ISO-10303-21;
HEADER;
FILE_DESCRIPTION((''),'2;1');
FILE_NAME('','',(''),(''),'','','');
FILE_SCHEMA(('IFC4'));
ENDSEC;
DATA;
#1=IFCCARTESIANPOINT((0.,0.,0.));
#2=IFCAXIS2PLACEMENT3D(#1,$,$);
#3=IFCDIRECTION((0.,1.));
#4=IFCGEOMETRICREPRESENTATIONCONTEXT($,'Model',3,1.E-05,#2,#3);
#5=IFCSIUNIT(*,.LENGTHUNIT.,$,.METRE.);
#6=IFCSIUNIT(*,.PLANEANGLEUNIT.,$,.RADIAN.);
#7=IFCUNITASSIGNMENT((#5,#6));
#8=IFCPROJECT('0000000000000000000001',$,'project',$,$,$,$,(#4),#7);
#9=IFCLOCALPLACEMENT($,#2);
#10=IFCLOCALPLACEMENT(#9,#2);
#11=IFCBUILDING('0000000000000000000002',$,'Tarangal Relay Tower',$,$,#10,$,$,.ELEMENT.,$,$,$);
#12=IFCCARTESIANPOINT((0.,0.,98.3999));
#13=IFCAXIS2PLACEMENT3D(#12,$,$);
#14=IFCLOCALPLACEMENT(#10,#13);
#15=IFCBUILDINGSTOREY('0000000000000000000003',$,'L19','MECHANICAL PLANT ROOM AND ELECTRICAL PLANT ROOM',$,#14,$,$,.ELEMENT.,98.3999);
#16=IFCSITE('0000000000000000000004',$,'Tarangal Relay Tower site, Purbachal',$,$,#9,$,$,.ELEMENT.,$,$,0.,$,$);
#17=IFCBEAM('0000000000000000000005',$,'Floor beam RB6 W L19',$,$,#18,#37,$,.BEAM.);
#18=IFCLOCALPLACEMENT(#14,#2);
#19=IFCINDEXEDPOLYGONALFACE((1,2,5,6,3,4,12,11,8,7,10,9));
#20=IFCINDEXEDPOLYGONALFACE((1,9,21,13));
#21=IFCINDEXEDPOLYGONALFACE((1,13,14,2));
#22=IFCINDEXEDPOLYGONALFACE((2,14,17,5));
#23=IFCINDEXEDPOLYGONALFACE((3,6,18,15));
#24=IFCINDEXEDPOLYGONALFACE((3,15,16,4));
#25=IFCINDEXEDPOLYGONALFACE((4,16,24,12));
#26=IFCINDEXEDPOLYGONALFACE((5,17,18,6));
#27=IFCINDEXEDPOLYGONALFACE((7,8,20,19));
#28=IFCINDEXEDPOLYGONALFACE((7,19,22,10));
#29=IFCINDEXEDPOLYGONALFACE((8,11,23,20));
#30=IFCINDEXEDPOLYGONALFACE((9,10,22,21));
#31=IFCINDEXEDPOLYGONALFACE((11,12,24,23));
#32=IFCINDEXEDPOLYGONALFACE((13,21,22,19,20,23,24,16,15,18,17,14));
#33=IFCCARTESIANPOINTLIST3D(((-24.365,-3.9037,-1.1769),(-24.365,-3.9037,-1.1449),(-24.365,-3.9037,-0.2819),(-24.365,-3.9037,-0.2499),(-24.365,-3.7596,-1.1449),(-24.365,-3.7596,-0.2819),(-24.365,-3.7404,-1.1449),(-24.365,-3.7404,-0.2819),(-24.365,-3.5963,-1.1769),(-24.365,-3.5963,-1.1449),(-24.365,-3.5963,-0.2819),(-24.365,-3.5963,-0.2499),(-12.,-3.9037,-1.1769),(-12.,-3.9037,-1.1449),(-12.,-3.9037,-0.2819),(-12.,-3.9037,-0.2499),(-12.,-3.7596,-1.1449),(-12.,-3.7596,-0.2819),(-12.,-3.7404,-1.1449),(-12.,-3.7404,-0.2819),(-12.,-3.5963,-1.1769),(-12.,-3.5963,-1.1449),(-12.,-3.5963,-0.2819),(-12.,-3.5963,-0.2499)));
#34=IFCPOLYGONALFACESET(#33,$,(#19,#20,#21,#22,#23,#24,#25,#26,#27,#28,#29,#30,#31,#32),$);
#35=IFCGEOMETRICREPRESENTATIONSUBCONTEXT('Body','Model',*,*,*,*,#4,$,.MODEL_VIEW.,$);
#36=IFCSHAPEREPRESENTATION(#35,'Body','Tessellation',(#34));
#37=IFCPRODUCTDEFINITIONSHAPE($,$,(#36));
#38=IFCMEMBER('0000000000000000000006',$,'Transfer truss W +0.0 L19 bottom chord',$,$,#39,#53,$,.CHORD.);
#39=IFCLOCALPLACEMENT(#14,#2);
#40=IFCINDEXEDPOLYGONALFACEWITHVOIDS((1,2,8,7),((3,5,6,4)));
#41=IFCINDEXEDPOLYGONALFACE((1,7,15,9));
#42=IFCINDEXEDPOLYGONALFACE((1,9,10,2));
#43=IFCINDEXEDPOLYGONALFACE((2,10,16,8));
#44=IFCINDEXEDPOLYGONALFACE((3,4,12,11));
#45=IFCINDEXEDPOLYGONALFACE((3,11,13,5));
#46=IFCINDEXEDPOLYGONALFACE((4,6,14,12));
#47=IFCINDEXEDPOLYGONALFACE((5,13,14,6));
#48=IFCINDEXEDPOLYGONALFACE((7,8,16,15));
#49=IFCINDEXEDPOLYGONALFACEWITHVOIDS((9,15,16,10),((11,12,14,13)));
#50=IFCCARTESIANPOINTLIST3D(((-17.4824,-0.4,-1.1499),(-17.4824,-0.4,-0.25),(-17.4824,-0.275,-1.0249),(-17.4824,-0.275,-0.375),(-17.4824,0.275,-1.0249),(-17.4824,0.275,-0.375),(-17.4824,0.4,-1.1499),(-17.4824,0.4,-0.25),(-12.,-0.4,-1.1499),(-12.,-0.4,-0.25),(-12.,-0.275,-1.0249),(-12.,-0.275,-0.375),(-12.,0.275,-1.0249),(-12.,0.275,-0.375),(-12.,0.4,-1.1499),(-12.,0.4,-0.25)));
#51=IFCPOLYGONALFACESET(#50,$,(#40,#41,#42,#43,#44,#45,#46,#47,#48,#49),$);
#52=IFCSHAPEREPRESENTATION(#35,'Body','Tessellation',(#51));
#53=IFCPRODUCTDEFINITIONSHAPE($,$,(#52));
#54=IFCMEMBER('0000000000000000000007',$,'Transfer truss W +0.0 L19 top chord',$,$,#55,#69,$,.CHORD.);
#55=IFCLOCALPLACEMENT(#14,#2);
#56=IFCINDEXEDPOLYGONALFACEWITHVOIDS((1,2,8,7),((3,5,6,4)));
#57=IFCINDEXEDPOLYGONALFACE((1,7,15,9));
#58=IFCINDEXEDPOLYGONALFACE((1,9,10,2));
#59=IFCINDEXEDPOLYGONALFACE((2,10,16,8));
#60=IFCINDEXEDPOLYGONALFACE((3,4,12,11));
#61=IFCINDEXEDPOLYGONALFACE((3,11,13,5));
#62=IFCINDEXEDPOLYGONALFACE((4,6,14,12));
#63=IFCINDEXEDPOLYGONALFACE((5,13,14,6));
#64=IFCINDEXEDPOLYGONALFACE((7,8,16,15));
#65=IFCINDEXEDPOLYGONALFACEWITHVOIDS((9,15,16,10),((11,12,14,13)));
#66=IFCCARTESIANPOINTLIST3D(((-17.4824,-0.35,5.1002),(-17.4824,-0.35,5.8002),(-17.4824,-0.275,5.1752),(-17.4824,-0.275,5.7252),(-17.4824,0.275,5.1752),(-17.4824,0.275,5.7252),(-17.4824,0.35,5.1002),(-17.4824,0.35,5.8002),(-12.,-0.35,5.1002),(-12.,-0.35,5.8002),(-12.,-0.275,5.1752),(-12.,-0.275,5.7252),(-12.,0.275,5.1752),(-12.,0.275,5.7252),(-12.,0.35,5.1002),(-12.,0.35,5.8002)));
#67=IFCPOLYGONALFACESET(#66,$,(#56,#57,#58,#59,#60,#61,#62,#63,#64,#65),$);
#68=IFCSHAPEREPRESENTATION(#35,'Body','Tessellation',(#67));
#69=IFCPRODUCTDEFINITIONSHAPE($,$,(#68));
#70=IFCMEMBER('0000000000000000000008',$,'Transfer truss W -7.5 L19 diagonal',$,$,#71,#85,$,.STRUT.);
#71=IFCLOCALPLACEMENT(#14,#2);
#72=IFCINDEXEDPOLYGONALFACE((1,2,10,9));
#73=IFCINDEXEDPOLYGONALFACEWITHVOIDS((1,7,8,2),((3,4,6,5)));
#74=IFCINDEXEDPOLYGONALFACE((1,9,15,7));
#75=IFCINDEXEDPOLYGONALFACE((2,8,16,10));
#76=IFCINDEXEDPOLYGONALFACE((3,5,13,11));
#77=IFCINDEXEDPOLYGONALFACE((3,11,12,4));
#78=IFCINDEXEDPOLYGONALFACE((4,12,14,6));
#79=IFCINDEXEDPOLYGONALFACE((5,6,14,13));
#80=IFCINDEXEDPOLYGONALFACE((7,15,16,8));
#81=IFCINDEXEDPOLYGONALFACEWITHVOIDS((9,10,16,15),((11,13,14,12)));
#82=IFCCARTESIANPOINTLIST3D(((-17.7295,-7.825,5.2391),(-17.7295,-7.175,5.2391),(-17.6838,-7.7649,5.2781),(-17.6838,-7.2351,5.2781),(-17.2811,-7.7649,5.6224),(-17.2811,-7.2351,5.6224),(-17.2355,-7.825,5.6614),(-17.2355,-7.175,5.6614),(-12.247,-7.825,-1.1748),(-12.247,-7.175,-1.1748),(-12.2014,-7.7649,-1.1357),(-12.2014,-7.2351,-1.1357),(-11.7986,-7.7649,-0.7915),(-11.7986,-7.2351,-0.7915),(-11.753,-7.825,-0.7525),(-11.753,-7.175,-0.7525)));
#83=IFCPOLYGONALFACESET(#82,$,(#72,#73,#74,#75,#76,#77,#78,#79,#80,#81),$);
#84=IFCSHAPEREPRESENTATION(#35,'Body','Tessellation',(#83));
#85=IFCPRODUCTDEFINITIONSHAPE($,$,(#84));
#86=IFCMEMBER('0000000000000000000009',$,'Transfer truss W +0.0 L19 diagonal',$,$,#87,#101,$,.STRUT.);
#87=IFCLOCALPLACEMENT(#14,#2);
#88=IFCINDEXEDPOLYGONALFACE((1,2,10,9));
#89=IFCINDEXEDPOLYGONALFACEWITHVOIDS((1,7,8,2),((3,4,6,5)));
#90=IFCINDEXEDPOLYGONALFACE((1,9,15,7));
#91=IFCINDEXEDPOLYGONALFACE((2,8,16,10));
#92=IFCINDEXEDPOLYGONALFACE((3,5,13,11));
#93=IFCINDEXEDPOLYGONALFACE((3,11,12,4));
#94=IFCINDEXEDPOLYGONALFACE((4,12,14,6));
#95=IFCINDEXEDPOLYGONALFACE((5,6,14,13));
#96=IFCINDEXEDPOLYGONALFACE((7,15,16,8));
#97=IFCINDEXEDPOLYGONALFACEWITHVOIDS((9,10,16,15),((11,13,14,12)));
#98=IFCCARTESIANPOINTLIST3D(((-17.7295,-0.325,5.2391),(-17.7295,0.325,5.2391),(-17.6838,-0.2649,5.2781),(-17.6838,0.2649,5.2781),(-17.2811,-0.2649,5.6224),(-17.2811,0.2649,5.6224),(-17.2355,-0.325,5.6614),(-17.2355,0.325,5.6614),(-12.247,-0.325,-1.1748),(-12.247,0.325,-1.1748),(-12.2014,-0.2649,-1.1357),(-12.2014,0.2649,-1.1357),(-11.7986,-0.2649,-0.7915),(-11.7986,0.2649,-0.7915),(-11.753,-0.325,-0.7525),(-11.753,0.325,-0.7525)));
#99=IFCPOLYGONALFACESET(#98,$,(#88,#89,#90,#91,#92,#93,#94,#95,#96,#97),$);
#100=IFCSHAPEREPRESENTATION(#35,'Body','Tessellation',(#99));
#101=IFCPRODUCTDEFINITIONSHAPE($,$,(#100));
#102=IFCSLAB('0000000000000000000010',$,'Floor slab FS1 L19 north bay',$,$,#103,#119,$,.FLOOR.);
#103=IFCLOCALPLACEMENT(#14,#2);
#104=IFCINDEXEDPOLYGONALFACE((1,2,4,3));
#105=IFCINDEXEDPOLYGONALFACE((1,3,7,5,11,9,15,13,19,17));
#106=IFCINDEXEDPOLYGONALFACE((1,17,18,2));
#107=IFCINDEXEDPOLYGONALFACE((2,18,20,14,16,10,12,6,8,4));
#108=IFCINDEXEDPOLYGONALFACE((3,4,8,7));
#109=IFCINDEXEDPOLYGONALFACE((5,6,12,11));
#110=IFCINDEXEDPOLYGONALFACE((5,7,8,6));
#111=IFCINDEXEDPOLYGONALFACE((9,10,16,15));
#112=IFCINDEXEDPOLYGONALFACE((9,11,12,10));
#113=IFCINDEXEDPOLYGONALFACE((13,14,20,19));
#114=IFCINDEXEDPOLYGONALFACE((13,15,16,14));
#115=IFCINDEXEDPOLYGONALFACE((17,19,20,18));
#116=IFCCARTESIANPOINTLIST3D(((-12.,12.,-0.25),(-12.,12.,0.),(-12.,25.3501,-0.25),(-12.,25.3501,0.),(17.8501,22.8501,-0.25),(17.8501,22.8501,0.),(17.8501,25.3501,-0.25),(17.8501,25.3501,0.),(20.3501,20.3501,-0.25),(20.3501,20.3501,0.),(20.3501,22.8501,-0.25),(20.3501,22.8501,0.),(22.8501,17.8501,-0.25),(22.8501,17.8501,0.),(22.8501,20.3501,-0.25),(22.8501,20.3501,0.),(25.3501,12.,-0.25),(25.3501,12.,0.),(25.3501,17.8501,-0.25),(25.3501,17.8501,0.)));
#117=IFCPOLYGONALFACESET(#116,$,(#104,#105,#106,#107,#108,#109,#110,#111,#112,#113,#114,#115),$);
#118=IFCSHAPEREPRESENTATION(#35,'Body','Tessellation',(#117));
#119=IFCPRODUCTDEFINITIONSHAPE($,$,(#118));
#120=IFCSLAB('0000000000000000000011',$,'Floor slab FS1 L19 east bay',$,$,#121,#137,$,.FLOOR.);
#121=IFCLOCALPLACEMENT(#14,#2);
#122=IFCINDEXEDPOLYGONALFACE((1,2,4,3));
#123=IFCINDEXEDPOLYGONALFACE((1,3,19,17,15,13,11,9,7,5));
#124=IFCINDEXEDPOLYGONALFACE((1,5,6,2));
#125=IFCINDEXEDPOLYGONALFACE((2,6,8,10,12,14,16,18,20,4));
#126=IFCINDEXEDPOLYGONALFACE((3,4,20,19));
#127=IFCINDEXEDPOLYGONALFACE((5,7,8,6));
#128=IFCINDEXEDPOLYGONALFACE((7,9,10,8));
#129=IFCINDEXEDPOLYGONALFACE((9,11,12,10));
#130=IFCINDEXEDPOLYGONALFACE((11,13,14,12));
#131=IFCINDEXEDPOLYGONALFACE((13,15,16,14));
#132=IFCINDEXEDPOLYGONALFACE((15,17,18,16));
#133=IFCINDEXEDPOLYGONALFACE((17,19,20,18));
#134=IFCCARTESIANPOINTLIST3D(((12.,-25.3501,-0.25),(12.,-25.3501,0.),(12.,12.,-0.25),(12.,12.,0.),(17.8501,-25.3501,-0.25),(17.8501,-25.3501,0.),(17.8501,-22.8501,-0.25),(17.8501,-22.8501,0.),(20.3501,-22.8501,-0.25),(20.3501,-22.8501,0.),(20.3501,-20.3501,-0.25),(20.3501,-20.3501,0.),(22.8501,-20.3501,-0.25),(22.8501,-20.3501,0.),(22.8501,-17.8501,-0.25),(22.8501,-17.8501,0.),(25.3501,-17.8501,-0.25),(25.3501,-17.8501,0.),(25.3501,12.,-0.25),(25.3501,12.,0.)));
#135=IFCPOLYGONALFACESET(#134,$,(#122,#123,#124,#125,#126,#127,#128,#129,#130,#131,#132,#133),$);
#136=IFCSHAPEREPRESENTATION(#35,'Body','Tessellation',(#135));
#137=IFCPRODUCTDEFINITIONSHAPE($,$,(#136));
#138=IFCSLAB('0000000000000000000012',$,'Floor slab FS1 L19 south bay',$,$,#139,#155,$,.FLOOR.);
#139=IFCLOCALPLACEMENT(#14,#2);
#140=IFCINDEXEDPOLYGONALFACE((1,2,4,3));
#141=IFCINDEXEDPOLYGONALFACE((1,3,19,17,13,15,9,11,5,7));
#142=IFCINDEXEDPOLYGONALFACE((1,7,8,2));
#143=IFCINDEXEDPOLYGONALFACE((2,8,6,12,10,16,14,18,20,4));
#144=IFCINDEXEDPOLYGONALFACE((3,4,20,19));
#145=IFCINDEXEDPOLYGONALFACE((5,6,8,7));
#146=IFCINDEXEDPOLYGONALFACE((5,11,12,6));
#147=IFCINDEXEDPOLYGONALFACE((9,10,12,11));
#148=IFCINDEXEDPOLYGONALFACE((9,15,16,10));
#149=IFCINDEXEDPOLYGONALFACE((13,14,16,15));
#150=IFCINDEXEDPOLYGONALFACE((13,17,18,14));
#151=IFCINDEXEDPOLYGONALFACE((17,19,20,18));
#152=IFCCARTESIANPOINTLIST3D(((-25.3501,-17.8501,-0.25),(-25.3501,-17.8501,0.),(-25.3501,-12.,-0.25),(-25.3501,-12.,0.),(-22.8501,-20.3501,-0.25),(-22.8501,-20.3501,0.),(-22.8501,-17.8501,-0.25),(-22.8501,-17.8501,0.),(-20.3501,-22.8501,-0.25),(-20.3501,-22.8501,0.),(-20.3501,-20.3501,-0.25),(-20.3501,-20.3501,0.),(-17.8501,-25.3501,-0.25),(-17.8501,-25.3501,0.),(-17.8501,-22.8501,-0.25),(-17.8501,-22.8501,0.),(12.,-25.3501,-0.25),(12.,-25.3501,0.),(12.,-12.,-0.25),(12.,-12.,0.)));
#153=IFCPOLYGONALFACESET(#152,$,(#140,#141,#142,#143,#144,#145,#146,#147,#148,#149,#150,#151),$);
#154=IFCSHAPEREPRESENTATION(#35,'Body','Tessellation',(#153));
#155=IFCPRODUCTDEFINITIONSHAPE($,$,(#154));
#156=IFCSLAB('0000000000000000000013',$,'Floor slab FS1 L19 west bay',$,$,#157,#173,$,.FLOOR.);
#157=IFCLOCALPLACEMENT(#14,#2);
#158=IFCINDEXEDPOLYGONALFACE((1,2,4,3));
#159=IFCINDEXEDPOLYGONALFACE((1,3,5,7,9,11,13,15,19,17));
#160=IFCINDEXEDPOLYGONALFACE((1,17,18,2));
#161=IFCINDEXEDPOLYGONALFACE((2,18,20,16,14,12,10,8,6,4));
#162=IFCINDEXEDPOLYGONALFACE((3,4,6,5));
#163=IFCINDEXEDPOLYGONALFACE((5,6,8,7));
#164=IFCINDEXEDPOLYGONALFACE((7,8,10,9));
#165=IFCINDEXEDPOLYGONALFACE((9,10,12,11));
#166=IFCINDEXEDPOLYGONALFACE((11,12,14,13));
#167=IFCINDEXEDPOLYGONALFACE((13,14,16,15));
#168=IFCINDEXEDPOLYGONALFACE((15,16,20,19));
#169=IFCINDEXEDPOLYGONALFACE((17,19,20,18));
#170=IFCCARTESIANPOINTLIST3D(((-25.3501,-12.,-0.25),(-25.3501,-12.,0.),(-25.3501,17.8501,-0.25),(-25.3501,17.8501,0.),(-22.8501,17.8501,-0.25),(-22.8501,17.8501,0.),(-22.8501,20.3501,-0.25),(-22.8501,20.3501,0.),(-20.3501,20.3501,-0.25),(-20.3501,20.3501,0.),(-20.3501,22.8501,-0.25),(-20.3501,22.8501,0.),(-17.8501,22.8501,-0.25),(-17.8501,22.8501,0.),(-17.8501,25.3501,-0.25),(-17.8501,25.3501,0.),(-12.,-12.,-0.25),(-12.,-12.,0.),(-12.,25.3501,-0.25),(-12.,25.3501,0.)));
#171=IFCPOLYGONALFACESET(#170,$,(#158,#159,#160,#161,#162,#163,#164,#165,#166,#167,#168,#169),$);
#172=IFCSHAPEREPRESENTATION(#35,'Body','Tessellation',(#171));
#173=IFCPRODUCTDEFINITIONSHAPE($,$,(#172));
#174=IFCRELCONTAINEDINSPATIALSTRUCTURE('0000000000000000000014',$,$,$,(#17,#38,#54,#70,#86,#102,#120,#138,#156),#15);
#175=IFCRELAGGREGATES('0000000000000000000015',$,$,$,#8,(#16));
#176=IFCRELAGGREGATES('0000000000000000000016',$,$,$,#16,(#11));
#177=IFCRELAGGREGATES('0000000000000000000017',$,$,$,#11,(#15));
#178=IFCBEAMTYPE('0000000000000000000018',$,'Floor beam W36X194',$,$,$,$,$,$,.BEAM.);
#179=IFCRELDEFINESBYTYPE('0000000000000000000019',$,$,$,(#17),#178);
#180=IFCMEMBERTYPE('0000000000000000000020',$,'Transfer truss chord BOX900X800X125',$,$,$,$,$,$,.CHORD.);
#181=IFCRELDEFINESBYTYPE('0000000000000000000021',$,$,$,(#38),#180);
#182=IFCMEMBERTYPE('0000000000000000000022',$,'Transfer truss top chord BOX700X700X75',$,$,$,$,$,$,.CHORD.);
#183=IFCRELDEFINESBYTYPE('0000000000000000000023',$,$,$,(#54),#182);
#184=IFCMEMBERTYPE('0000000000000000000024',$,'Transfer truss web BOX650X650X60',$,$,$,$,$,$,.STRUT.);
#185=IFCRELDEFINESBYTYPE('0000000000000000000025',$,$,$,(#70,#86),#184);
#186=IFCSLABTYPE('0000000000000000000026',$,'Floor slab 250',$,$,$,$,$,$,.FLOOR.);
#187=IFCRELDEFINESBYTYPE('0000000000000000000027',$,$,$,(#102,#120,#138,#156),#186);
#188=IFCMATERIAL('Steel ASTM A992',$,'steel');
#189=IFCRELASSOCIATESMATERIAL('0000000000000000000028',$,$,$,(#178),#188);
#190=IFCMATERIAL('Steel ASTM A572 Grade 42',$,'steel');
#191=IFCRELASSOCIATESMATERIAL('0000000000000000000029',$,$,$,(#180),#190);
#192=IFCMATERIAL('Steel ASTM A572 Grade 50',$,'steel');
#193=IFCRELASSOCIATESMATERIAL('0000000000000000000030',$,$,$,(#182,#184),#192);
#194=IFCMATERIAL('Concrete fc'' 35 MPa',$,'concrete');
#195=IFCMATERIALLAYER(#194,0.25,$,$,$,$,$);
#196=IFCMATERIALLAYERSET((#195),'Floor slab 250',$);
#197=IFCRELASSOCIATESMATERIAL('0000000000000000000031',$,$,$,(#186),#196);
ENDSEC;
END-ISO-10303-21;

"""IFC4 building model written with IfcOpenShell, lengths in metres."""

from ifc_helpers import new_model, si_unit, direction, frame, origin, origin_2d, place, context, subcontext, project, spatial, polyline, hollow_rectangle, i_section, outline, extrude, material, layer, layer_set, material_profile, profile_set, type_object, element, save


model = new_model("IFC4")

# Units and contexts
model_context = context("Model", 3, precision=1e-05, world=origin(), true_north=direction((0.0, 1.0)))
body_context = subcontext(model_context, "Body", "Model", "MODEL_VIEW")
ifc_project = project(units=[si_unit("LENGTHUNIT", "METRE"), si_unit("PLANEANGLEUNIT", "RADIAN")], contexts=[model_context])

# Site, building, storey
site_placement = place(None, origin())
site = spatial("IfcSite", under=ifc_project, at=site_placement, Name="Tarangal Relay Tower site, Purbachal", CompositionType="ELEMENT", RefElevation=0.0)
building_placement = place(site_placement, origin())
building = spatial("IfcBuilding", under=site, at=building_placement, Name="Tarangal Relay Tower", CompositionType="ELEMENT")
storey_placement = place(building_placement, frame((0.0, 0.0, 98.3999)))
storey = spatial("IfcBuildingStorey", under=building, at=storey_placement, Name="L19", Description="MECHANICAL PLANT ROOM AND ELECTRICAL PLANT ROOM", CompositionType="ELEMENT", Elevation=98.3999)

# Beam
ifc_material_1 = material(Name="Steel ASTM A992", Category="steel")
ifc_material_profile_1 = material_profile(ifc_material_1, i_section(OverallWidth=0.3074, OverallDepth=0.927, WebThickness=0.0193, FlangeThickness=0.032, at=origin_2d()), Name="W36X194")
ifc_profile_set_1 = profile_set([ifc_material_profile_1], Name="Steel ASTM A992")
beam_type = type_object("IfcBeamType", Name="Floor beam W36X194", PredefinedType="BEAM", material=ifc_profile_set_1)
beam_placement = place(storey_placement, frame((-12.0, -3.75, -0.7134), z_axis=(-1.0, 0.0, 0.0), x_axis=(0.0, -1.0, 0.0)))
element("IfcBeam", 1, at=beam_placement, inside=storey, type_object=beam_type, Name="Floor beam RB6 W L19", PredefinedType="BEAM", context=body_context, shape_type="SweptSolid", body=[
    extrude(i_section(OverallWidth=0.3074, OverallDepth=0.927, WebThickness=0.0193, FlangeThickness=0.032, at=origin_2d()), origin(), (0.0, 0.0, 1.0), 12.365),
])

# Members
ifc_material_2 = material(Name="Steel ASTM A572 Grade 42", Category="steel")
ifc_material_profile_2 = material_profile(ifc_material_2, hollow_rectangle(XDim=0.8, YDim=0.8999, WallThickness=0.125, at=origin_2d()), Name="BOX900X800X125")
ifc_profile_set_2 = profile_set([ifc_material_profile_2], Name="Steel ASTM A572 Grade 42")
member_type_1 = type_object("IfcMemberType", Name="Transfer truss chord BOX900X800X125", PredefinedType="CHORD", material=ifc_profile_set_2)
member_1_placement = place(storey_placement, frame((-12.0, 0.0, -0.7), z_axis=(-1.0, 0.0, 0.0), x_axis=(0.0, -1.0, 0.0)))
element("IfcMember", 2, at=member_1_placement, inside=storey, type_object=member_type_1, Name="Transfer truss W +0.0 L19 bottom chord", PredefinedType="CHORD", context=body_context, shape_type="SweptSolid", body=[
    extrude(hollow_rectangle(XDim=0.8, YDim=0.8999, WallThickness=0.125, at=origin_2d()), origin(), (0.0, 0.0, 1.0), 5.4824),
])
ifc_material_3 = material(Name="Steel ASTM A572 Grade 50", Category="steel")
ifc_material_profile_3 = material_profile(ifc_material_3, hollow_rectangle(XDim=0.7, YDim=0.7, WallThickness=0.075, at=origin_2d()), Name="BOX700X700X75")
ifc_profile_set_3 = profile_set([ifc_material_profile_3], Name="Steel ASTM A572 Grade 50")
member_type_2 = type_object("IfcMemberType", Name="Transfer truss top chord BOX700X700X75", PredefinedType="CHORD", material=ifc_profile_set_3)
member_2_placement = place(storey_placement, frame((-12.0, 0.0, 5.4502), z_axis=(-1.0, 0.0, 0.0), x_axis=(0.0, -1.0, 0.0)))
element("IfcMember", 3, at=member_2_placement, inside=storey, type_object=member_type_2, Name="Transfer truss W +0.0 L19 top chord", PredefinedType="CHORD", context=body_context, shape_type="SweptSolid", body=[
    extrude(hollow_rectangle(XDim=0.7, YDim=0.7, WallThickness=0.075, at=origin_2d()), origin(), (0.0, 0.0, 1.0), 5.4824),
])
ifc_material_profile_4 = material_profile(ifc_material_3, hollow_rectangle(XDim=0.6499, YDim=0.6499, WallThickness=0.0601, at=origin_2d()), Name="BOX650X650X60")
ifc_profile_set_4 = profile_set([ifc_material_profile_4], Name="Steel ASTM A572 Grade 50")
member_type_3 = type_object("IfcMemberType", Name="Transfer truss web BOX650X650X60", PredefinedType="STRUT", material=ifc_profile_set_4)
for number, where, z_axis, x_axis, name in (
    (4, (-12.0, -7.5, -0.9636), (-0.649757, 0.0, 0.760142), (0.0, -1.0, 0.0), "Transfer truss W -7.5 L19 diagonal"),
    (5, (-12.0, 0.0, -0.9636), (-0.649757, 0.0, 0.760142), (0.0, -1.0, 0.0), "Transfer truss W +0.0 L19 diagonal"),
):
    element("IfcMember", number, at=place(storey_placement, frame(where, z_axis=z_axis, x_axis=x_axis)), inside=storey, type_object=member_type_3, Name=name, PredefinedType="STRUT", context=body_context, shape_type="SweptSolid", body=[
        extrude(hollow_rectangle(XDim=0.6499, YDim=0.6499, WallThickness=0.0601, at=origin_2d()), origin(), (0.0, 0.0, 1.0), 8.4377),
    ])

# Slabs
ifc_material_4 = material(Name="Concrete fc' 35 MPa", Category="concrete")
ifc_layer_1 = layer(ifc_material_4, 0.25)
ifc_layer_set_1 = layer_set([ifc_layer_1], Name="Floor slab 250")
slab_type_1 = type_object("IfcSlabType", Name="Floor slab 250", PredefinedType="FLOOR", material=ifc_layer_set_1)
slab_1_placement = place(storey_placement, frame((0.0, 0.0, -0.25)))
element("IfcSlab", 6, at=slab_1_placement, inside=storey, type_object=slab_type_1, Name="Floor slab FS1 L19 north bay", PredefinedType="FLOOR", context=body_context, shape_type="SweptSolid", body=[
    extrude(outline(polyline([(17.8501, 25.3501), (17.8501, 22.8501), (20.3501, 22.8501), (20.3501, 20.3501), (22.8501, 20.3501), (22.8501, 17.8501), (25.3501, 17.8501), (25.3501, 12.0), (-12.0, 12.0), (-12.0, 25.3501), (17.8501, 25.3501)])), origin(), (0.0, 0.0, 1.0), 0.25),
])
slab_2_placement = place(storey_placement, frame((0.0, 0.0, -0.25)))
element("IfcSlab", 7, at=slab_2_placement, inside=storey, type_object=slab_type_1, Name="Floor slab FS1 L19 east bay", PredefinedType="FLOOR", context=body_context, shape_type="SweptSolid", body=[
    extrude(outline(polyline([(25.3501, -17.8501), (22.8501, -17.8501), (22.8501, -20.3501), (20.3501, -20.3501), (20.3501, -22.8501), (17.8501, -22.8501), (17.8501, -25.3501), (12.0, -25.3501), (12.0, 12.0), (25.3501, 12.0), (25.3501, -17.8501)])), origin(), (0.0, 0.0, 1.0), 0.25),
])
slab_3_placement = place(storey_placement, frame((0.0, 0.0, -0.25)))
element("IfcSlab", 8, at=slab_3_placement, inside=storey, type_object=slab_type_1, Name="Floor slab FS1 L19 south bay", PredefinedType="FLOOR", context=body_context, shape_type="SweptSolid", body=[
    extrude(outline(polyline([(-17.8501, -25.3501), (-17.8501, -22.8501), (-20.3501, -22.8501), (-20.3501, -20.3501), (-22.8501, -20.3501), (-22.8501, -17.8501), (-25.3501, -17.8501), (-25.3501, -12.0), (12.0, -12.0), (12.0, -25.3501), (-17.8501, -25.3501)])), origin(), (0.0, 0.0, 1.0), 0.25),
])
slab_4_placement = place(storey_placement, frame((0.0, 0.0, -0.25)))
element("IfcSlab", 9, at=slab_4_placement, inside=storey, type_object=slab_type_1, Name="Floor slab FS1 L19 west bay", PredefinedType="FLOOR", context=body_context, shape_type="SweptSolid", body=[
    extrude(outline(polyline([(-12.0, 25.3501), (-12.0, -12.0), (-25.3501, -12.0), (-25.3501, 17.8501), (-22.8501, 17.8501), (-22.8501, 20.3501), (-20.3501, 20.3501), (-20.3501, 22.8501), (-17.8501, 22.8501), (-17.8501, 25.3501), (-12.0, 25.3501)])), origin(), (0.0, 0.0, 1.0), 0.25),
])

save(model, "model.ifc")
